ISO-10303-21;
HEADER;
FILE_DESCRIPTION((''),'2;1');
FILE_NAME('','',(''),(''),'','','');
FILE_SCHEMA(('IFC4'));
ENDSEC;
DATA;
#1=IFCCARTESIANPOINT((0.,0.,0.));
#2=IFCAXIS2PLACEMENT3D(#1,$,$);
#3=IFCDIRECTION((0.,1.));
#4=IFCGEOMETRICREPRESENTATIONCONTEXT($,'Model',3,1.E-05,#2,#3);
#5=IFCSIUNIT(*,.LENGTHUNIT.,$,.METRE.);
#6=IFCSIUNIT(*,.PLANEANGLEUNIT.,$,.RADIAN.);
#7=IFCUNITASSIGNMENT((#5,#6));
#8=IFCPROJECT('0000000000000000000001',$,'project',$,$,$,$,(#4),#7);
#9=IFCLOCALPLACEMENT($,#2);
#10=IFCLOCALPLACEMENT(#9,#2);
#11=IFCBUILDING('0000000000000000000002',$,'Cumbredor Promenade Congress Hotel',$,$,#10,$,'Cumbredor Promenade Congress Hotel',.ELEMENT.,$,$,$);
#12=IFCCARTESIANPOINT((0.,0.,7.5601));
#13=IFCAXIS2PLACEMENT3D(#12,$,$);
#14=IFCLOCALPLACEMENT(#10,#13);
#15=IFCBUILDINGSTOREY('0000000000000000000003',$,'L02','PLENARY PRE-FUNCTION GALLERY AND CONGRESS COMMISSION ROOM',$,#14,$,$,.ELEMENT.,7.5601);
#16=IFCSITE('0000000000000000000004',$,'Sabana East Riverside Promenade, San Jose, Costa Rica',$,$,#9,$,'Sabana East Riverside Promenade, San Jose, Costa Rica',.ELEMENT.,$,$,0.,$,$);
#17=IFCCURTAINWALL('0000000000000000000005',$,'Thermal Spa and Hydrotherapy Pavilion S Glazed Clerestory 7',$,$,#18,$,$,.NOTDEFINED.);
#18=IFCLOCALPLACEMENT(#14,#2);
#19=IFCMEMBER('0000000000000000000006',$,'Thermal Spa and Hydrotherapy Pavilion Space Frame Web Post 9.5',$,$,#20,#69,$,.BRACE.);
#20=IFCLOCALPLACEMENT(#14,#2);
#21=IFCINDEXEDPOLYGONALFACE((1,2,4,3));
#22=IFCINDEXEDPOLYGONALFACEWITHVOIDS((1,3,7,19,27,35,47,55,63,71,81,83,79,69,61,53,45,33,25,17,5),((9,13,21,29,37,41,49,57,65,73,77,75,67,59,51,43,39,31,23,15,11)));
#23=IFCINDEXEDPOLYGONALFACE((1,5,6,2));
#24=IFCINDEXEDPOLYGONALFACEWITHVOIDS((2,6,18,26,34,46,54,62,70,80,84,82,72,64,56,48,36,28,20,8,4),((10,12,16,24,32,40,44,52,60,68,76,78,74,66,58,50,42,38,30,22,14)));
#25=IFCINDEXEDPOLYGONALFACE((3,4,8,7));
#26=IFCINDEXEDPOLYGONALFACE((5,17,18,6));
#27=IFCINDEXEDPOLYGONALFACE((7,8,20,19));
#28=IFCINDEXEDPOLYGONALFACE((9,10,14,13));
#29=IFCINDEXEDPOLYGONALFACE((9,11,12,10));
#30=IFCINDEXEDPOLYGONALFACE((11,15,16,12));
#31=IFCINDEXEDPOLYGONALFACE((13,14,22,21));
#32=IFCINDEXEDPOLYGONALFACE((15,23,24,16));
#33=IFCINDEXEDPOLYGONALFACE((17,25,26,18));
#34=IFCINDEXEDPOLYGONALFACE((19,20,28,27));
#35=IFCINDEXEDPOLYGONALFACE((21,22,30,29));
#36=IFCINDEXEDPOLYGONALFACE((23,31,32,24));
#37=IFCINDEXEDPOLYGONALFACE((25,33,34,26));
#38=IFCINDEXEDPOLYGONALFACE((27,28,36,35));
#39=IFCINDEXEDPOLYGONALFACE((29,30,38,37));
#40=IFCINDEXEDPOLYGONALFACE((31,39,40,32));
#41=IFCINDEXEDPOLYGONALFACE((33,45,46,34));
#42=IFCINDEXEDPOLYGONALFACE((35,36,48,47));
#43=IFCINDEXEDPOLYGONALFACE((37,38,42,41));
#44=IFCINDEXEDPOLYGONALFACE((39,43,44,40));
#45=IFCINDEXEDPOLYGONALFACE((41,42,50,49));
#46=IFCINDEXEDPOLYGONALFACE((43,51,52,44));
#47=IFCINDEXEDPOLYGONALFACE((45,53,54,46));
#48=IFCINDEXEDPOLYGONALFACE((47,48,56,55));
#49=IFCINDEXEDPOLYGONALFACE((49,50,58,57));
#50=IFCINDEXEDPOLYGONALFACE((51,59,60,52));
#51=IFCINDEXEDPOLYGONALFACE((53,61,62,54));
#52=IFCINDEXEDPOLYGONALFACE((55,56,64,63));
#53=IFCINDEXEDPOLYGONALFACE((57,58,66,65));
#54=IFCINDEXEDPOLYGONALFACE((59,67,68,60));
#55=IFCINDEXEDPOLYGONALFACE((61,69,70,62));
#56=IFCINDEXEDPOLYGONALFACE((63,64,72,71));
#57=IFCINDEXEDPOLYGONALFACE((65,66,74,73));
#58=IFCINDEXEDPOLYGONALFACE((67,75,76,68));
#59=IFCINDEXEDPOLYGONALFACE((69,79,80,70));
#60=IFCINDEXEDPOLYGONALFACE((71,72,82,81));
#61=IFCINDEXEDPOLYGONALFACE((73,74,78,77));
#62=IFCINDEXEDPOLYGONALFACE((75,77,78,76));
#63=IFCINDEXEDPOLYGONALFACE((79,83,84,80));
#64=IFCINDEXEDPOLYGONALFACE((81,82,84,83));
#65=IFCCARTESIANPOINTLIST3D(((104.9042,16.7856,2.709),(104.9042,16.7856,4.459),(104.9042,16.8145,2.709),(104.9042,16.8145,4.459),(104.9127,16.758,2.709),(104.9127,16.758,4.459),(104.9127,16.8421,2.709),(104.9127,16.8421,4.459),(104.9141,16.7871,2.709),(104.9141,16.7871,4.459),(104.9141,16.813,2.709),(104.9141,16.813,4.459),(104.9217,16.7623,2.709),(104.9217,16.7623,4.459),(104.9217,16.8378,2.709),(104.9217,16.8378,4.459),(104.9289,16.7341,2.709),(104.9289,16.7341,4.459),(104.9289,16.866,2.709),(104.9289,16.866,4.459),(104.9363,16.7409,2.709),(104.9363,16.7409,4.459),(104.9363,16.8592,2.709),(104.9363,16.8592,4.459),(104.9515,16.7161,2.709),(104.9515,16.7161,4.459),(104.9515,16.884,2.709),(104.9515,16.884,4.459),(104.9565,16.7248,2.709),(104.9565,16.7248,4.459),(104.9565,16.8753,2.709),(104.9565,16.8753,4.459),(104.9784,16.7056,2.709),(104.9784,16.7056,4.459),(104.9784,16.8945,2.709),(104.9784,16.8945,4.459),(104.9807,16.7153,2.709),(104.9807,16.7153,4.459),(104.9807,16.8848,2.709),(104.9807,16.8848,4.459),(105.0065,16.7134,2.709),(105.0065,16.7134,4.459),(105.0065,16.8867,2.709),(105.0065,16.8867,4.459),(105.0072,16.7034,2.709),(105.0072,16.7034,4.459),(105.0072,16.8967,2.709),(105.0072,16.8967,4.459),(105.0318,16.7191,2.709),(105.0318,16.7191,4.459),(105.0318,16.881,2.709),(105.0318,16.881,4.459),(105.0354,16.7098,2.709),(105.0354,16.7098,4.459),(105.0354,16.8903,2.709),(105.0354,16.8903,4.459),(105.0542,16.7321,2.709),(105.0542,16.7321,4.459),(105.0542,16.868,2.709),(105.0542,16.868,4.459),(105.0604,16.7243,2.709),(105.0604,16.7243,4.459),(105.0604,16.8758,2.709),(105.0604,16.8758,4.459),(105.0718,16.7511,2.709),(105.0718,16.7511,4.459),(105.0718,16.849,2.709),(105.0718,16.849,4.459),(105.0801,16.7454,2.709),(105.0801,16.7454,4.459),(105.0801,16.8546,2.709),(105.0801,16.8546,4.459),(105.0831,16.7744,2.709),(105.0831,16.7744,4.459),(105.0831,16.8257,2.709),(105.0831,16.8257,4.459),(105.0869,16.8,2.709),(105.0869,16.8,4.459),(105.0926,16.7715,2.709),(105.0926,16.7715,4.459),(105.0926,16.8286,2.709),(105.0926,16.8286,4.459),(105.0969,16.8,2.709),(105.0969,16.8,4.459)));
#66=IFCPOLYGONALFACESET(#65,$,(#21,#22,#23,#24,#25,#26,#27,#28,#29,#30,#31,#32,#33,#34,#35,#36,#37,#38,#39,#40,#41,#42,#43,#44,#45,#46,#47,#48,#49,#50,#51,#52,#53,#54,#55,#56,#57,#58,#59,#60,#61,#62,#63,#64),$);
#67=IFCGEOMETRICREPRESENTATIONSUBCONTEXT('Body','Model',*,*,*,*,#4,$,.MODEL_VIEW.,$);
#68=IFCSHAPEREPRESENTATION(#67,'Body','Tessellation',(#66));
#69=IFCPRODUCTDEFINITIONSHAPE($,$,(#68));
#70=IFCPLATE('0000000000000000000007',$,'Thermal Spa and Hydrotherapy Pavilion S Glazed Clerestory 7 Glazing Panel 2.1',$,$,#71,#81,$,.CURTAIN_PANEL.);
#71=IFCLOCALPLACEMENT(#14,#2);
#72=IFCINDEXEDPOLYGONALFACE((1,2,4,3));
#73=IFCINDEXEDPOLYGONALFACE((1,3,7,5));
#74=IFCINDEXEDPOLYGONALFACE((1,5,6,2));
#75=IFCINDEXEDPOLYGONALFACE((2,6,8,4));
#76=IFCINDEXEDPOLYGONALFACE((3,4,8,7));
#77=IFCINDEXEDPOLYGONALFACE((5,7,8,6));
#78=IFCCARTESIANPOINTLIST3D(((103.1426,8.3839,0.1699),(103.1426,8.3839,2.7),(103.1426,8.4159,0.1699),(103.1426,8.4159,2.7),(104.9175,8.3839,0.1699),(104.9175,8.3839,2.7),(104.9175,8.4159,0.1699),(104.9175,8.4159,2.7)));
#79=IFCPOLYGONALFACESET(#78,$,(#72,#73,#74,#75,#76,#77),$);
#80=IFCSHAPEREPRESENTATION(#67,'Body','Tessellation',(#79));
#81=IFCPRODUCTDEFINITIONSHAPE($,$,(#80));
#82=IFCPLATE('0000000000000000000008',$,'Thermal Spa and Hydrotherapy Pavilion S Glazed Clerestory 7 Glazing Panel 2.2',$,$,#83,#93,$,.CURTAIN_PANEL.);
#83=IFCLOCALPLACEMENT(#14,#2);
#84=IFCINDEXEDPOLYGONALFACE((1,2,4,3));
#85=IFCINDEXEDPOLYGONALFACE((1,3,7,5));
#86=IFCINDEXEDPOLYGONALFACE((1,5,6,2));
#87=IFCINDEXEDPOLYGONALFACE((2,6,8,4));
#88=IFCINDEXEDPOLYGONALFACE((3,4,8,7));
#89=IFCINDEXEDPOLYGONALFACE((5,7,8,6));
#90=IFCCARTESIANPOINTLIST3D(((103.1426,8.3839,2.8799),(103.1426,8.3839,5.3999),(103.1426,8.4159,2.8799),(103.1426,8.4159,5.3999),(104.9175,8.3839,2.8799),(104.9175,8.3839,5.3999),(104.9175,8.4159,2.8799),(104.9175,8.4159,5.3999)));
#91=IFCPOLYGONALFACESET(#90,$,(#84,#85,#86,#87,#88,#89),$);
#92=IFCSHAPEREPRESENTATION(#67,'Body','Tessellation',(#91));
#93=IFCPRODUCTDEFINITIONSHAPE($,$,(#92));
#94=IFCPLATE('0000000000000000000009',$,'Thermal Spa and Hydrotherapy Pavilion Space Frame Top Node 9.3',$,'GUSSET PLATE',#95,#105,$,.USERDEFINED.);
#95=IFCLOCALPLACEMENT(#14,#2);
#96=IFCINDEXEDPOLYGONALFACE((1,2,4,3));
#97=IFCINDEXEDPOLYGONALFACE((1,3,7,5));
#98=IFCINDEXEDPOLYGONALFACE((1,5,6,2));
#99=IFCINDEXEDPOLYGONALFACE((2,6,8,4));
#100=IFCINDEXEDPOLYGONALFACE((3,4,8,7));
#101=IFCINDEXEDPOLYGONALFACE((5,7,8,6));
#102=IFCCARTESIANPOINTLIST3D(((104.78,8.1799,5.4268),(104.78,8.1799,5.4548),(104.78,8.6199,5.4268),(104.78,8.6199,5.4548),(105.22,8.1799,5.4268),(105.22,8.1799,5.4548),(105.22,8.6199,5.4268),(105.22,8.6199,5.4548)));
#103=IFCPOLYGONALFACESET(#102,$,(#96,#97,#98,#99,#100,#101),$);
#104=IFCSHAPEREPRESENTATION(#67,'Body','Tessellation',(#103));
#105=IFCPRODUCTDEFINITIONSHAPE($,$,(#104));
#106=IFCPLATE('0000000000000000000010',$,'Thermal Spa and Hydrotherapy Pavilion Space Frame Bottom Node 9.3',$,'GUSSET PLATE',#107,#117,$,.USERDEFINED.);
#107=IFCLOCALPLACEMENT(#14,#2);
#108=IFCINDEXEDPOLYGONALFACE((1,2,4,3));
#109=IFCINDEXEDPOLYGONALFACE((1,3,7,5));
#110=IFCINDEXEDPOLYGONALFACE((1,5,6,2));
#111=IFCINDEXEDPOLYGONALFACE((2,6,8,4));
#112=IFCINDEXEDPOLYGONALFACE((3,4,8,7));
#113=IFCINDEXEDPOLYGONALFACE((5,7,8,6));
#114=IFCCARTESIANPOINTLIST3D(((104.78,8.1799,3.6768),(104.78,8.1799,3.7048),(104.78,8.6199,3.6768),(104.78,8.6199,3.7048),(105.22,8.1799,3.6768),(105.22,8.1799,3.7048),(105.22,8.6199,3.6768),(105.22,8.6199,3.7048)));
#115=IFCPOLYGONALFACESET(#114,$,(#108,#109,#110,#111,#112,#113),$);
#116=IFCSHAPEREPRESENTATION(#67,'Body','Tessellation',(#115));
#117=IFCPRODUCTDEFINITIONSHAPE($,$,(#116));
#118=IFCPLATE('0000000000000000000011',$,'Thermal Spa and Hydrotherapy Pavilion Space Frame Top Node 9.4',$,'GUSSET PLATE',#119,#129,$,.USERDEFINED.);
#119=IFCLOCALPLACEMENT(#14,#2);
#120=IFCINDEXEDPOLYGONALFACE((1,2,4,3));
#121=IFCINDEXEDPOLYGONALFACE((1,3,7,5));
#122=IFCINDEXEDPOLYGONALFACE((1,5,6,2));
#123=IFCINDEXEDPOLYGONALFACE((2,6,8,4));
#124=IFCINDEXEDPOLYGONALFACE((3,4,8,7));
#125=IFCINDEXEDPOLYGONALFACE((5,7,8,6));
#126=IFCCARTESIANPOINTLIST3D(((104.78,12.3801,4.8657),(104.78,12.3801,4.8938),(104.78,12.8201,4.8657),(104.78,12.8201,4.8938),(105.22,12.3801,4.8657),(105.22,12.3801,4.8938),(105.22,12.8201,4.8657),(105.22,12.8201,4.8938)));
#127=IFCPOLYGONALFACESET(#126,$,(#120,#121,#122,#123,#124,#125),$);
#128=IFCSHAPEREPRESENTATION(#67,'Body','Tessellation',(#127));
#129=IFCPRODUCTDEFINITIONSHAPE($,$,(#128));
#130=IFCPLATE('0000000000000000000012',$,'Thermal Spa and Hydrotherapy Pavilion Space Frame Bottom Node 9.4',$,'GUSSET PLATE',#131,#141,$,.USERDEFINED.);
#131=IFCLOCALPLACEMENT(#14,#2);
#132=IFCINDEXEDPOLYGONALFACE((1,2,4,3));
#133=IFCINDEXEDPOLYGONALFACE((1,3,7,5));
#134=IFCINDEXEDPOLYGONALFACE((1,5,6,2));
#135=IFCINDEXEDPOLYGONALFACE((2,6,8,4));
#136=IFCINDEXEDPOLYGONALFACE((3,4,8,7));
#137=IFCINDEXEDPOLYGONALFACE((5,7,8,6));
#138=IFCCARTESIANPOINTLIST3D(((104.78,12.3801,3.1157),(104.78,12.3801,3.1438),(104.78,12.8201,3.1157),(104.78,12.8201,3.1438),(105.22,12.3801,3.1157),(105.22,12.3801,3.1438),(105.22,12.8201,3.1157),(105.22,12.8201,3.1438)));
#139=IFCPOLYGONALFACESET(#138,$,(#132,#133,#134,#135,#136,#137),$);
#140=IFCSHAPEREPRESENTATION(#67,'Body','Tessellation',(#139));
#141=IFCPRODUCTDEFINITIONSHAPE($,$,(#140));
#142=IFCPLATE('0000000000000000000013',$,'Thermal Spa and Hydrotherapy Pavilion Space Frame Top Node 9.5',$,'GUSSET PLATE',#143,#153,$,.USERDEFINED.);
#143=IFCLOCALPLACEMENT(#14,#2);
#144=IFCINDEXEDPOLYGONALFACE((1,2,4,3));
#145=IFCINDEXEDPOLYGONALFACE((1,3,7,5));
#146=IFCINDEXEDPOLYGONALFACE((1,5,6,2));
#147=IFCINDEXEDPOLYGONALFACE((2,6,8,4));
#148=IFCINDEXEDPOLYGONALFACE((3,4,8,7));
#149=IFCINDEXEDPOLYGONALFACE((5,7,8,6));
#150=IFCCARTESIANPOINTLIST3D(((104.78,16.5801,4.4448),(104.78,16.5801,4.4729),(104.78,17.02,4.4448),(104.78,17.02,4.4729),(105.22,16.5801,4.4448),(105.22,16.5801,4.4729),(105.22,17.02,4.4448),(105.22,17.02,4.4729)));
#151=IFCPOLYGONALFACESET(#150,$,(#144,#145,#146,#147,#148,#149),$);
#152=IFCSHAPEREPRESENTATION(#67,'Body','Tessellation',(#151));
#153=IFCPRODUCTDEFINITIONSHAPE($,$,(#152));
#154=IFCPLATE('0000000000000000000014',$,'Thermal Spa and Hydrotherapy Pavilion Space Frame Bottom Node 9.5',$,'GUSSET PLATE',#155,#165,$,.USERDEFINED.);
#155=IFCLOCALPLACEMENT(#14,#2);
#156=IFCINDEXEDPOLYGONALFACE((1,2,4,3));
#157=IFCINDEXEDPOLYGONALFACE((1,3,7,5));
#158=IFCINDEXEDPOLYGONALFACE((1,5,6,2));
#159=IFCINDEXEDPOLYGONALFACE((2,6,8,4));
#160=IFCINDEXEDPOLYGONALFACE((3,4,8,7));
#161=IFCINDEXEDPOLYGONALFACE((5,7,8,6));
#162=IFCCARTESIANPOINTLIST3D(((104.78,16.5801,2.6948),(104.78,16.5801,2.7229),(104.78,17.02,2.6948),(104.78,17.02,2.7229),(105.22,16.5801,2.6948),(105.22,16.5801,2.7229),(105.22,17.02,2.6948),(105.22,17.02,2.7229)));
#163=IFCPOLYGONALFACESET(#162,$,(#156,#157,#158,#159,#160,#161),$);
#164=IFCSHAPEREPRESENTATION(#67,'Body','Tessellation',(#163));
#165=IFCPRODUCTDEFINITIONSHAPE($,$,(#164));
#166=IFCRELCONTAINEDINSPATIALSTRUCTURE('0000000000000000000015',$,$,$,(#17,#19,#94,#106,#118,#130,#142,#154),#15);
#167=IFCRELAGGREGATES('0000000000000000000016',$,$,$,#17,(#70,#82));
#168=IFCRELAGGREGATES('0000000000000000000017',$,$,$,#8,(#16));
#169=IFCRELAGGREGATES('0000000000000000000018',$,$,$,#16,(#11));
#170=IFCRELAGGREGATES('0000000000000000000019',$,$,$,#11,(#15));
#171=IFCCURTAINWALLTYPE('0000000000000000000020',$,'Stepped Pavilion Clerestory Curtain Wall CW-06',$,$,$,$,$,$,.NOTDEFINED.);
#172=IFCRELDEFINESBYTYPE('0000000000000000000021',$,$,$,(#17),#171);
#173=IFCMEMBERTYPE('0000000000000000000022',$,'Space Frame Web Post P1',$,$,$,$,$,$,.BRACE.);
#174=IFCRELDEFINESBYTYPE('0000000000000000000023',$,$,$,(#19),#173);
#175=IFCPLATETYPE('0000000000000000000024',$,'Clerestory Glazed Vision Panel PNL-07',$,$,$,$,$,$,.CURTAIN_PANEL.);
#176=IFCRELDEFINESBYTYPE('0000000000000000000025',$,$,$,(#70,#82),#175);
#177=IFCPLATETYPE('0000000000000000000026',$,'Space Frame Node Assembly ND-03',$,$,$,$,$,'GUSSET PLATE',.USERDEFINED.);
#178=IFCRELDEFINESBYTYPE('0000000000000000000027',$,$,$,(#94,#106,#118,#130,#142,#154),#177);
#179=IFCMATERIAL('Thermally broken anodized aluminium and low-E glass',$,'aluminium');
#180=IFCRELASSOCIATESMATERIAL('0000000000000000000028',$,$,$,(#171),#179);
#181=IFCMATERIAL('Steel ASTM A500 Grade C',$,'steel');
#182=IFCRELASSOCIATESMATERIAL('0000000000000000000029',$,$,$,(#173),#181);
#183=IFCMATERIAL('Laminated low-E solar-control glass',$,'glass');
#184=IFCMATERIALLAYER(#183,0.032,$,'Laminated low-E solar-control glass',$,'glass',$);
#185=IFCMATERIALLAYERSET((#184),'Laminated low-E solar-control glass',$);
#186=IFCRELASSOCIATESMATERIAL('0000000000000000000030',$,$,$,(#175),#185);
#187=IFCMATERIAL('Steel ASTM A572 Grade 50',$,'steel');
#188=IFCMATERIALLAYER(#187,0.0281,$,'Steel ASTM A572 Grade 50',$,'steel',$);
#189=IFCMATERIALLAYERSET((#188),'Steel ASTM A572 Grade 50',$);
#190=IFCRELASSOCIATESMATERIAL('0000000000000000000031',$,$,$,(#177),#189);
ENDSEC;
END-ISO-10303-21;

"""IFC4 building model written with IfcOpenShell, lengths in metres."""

from ifc_helpers import new_model, si_unit, direction, frame, origin, origin_2d, place, context, subcontext, project, spatial, rectangle, hollow_circle, extrude, material, layer, layer_set, material_profile, profile_set, type_object, element, aggregate, save


model = new_model("IFC4")

# Units and contexts
model_context = context("Model", 3, precision=1e-05, world=origin(), true_north=direction((0.0, 1.0)))
body_context = subcontext(model_context, "Body", "Model", "MODEL_VIEW")
ifc_project = project(units=[si_unit("LENGTHUNIT", "METRE"), si_unit("PLANEANGLEUNIT", "RADIAN")], contexts=[model_context])

# Site, building, storey
site_placement = place(None, origin())
site = spatial("IfcSite", under=ifc_project, at=site_placement, Name="Sabana East Riverside Promenade, San Jose, Costa Rica", LongName="Sabana East Riverside Promenade, San Jose, Costa Rica", CompositionType="ELEMENT", RefElevation=0.0)
building_placement = place(site_placement, origin())
building = spatial("IfcBuilding", under=site, at=building_placement, Name="Cumbredor Promenade Congress Hotel", LongName="Cumbredor Promenade Congress Hotel", CompositionType="ELEMENT")
storey_placement = place(building_placement, frame((0.0, 0.0, 7.5601)))
storey = spatial("IfcBuildingStorey", under=building, at=storey_placement, Name="L02", Description="PLENARY PRE-FUNCTION GALLERY AND CONGRESS COMMISSION ROOM", CompositionType="ELEMENT", Elevation=7.5601)

# Curtain wall
ifc_material_1 = material(Name="Thermally broken anodized aluminium and low-E glass", Category="aluminium")
curtain_wall_type = type_object("IfcCurtainWallType", Name="Stepped Pavilion Clerestory Curtain Wall CW-06", PredefinedType="NOTDEFINED", material=ifc_material_1)
curtain_wall_1_placement = place(storey_placement, origin())
curtain_wall_1 = element("IfcCurtainWall", 1, at=curtain_wall_1_placement, inside=storey, type_object=curtain_wall_type, Name="Thermal Spa and Hydrotherapy Pavilion S Glazed Clerestory 7", PredefinedType="NOTDEFINED")

# Member
ifc_material_2 = material(Name="Steel ASTM A500 Grade C", Category="steel")
ifc_material_profile_1 = material_profile(ifc_material_2, hollow_circle(Radius=0.0969, WallThickness=0.01, at=origin_2d()), Name="CHS 193.7x10")
ifc_profile_set_1 = profile_set([ifc_material_profile_1], Name="Steel ASTM A500 Grade C")
member_type_1 = type_object("IfcMemberType", Name="Space Frame Web Post P1", PredefinedType="BRACE", material=ifc_profile_set_1)
for number, where, z_axis, x_axis, name in (
    (2, (105.0, 16.8, 2.709), (0.0, 0.0, 1.0), (1.0, 0.0, 0.0), "Thermal Spa and Hydrotherapy Pavilion Space Frame Web Post 9.5"),
):
    element("IfcMember", number, at=place(storey_placement, frame(where, z_axis=z_axis, x_axis=x_axis)), inside=storey, type_object=member_type_1, Name=name, PredefinedType="BRACE", context=body_context, shape_type="SweptSolid", body=[
        extrude(hollow_circle(Radius=0.0969, WallThickness=0.01, at=origin_2d()), origin(), (0.0, 0.0, 1.0), 1.75),
    ])

# Plates
ifc_material_3 = material(Name="Laminated low-E solar-control glass", Category="glass")
ifc_layer_1 = layer(ifc_material_3, 0.032, Name="Laminated low-E solar-control glass", Category="glass")
ifc_layer_set_1 = layer_set([ifc_layer_1], Name="Laminated low-E solar-control glass")
plate_type_1 = type_object("IfcPlateType", Name="Clerestory Glazed Vision Panel PNL-07", PredefinedType="CURTAIN_PANEL", material=ifc_layer_set_1)
plate_1_placement = place(storey_placement, frame((104.03, 8.3999, 0.1699), z_axis=(0.0, 0.0, 1.0), x_axis=(1.0, 0.0, 0.0)))
plate_1 = element("IfcPlate", 3, at=plate_1_placement, type_object=plate_type_1, Name="Thermal Spa and Hydrotherapy Pavilion S Glazed Clerestory 7 Glazing Panel 2.1", PredefinedType="CURTAIN_PANEL", context=body_context, shape_type="SweptSolid", body=[
    extrude(rectangle(XDim=1.7749, YDim=0.032, at=origin_2d()), origin(), (0.0, 0.0, 1.0), 2.53),
])
plate_2_placement = place(storey_placement, frame((104.03, 8.3999, 2.8799), z_axis=(0.0, 0.0, 1.0), x_axis=(1.0, 0.0, 0.0)))
plate_2 = element("IfcPlate", 4, at=plate_2_placement, type_object=plate_type_1, Name="Thermal Spa and Hydrotherapy Pavilion S Glazed Clerestory 7 Glazing Panel 2.2", PredefinedType="CURTAIN_PANEL", context=body_context, shape_type="SweptSolid", body=[
    extrude(rectangle(XDim=1.7749, YDim=0.032, at=origin_2d()), origin(), (0.0, 0.0, 1.0), 2.52),
])
aggregate(curtain_wall_1, [plate_1, plate_2])

# Plates
ifc_material_4 = material(Name="Steel ASTM A572 Grade 50", Category="steel")
ifc_layer_2 = layer(ifc_material_4, 0.0281, Name="Steel ASTM A572 Grade 50", Category="steel")
ifc_layer_set_2 = layer_set([ifc_layer_2], Name="Steel ASTM A572 Grade 50")
plate_type_2 = type_object("IfcPlateType", Name="Space Frame Node Assembly ND-03", ElementType="GUSSET PLATE", PredefinedType="USERDEFINED", material=ifc_layer_set_2)
for number, where, z_axis, x_axis, name in (
    (5, (105.0, 8.3999, 5.4268), (0.0, 0.0, 1.0), (1.0, 0.0, 0.0), "Thermal Spa and Hydrotherapy Pavilion Space Frame Top Node 9.3"),
    (6, (105.0, 8.3999, 3.6768), (0.0, 0.0, 1.0), (1.0, 0.0, 0.0), "Thermal Spa and Hydrotherapy Pavilion Space Frame Bottom Node 9.3"),
    (7, (105.0, 12.6001, 4.8657), (0.0, 0.0, 1.0), (1.0, 0.0, 0.0), "Thermal Spa and Hydrotherapy Pavilion Space Frame Top Node 9.4"),
    (8, (105.0, 12.6001, 3.1157), (0.0, 0.0, 1.0), (1.0, 0.0, 0.0), "Thermal Spa and Hydrotherapy Pavilion Space Frame Bottom Node 9.4"),
    (9, (105.0, 16.8, 4.4448), (0.0, 0.0, 1.0), (1.0, 0.0, 0.0), "Thermal Spa and Hydrotherapy Pavilion Space Frame Top Node 9.5"),
    (10, (105.0, 16.8, 2.6948), (0.0, 0.0, 1.0), (1.0, 0.0, 0.0), "Thermal Spa and Hydrotherapy Pavilion Space Frame Bottom Node 9.5"),
):
    element("IfcPlate", number, at=place(storey_placement, frame(where, z_axis=z_axis, x_axis=x_axis)), inside=storey, type_object=plate_type_2, Name=name, ObjectType="GUSSET PLATE", PredefinedType="USERDEFINED", context=body_context, shape_type="SweptSolid", body=[
        extrude(rectangle(XDim=0.4399, YDim=0.4399, at=origin_2d()), origin(), (0.0, 0.0, 1.0), 0.0281),
    ])

save(model, "model.ifc")
